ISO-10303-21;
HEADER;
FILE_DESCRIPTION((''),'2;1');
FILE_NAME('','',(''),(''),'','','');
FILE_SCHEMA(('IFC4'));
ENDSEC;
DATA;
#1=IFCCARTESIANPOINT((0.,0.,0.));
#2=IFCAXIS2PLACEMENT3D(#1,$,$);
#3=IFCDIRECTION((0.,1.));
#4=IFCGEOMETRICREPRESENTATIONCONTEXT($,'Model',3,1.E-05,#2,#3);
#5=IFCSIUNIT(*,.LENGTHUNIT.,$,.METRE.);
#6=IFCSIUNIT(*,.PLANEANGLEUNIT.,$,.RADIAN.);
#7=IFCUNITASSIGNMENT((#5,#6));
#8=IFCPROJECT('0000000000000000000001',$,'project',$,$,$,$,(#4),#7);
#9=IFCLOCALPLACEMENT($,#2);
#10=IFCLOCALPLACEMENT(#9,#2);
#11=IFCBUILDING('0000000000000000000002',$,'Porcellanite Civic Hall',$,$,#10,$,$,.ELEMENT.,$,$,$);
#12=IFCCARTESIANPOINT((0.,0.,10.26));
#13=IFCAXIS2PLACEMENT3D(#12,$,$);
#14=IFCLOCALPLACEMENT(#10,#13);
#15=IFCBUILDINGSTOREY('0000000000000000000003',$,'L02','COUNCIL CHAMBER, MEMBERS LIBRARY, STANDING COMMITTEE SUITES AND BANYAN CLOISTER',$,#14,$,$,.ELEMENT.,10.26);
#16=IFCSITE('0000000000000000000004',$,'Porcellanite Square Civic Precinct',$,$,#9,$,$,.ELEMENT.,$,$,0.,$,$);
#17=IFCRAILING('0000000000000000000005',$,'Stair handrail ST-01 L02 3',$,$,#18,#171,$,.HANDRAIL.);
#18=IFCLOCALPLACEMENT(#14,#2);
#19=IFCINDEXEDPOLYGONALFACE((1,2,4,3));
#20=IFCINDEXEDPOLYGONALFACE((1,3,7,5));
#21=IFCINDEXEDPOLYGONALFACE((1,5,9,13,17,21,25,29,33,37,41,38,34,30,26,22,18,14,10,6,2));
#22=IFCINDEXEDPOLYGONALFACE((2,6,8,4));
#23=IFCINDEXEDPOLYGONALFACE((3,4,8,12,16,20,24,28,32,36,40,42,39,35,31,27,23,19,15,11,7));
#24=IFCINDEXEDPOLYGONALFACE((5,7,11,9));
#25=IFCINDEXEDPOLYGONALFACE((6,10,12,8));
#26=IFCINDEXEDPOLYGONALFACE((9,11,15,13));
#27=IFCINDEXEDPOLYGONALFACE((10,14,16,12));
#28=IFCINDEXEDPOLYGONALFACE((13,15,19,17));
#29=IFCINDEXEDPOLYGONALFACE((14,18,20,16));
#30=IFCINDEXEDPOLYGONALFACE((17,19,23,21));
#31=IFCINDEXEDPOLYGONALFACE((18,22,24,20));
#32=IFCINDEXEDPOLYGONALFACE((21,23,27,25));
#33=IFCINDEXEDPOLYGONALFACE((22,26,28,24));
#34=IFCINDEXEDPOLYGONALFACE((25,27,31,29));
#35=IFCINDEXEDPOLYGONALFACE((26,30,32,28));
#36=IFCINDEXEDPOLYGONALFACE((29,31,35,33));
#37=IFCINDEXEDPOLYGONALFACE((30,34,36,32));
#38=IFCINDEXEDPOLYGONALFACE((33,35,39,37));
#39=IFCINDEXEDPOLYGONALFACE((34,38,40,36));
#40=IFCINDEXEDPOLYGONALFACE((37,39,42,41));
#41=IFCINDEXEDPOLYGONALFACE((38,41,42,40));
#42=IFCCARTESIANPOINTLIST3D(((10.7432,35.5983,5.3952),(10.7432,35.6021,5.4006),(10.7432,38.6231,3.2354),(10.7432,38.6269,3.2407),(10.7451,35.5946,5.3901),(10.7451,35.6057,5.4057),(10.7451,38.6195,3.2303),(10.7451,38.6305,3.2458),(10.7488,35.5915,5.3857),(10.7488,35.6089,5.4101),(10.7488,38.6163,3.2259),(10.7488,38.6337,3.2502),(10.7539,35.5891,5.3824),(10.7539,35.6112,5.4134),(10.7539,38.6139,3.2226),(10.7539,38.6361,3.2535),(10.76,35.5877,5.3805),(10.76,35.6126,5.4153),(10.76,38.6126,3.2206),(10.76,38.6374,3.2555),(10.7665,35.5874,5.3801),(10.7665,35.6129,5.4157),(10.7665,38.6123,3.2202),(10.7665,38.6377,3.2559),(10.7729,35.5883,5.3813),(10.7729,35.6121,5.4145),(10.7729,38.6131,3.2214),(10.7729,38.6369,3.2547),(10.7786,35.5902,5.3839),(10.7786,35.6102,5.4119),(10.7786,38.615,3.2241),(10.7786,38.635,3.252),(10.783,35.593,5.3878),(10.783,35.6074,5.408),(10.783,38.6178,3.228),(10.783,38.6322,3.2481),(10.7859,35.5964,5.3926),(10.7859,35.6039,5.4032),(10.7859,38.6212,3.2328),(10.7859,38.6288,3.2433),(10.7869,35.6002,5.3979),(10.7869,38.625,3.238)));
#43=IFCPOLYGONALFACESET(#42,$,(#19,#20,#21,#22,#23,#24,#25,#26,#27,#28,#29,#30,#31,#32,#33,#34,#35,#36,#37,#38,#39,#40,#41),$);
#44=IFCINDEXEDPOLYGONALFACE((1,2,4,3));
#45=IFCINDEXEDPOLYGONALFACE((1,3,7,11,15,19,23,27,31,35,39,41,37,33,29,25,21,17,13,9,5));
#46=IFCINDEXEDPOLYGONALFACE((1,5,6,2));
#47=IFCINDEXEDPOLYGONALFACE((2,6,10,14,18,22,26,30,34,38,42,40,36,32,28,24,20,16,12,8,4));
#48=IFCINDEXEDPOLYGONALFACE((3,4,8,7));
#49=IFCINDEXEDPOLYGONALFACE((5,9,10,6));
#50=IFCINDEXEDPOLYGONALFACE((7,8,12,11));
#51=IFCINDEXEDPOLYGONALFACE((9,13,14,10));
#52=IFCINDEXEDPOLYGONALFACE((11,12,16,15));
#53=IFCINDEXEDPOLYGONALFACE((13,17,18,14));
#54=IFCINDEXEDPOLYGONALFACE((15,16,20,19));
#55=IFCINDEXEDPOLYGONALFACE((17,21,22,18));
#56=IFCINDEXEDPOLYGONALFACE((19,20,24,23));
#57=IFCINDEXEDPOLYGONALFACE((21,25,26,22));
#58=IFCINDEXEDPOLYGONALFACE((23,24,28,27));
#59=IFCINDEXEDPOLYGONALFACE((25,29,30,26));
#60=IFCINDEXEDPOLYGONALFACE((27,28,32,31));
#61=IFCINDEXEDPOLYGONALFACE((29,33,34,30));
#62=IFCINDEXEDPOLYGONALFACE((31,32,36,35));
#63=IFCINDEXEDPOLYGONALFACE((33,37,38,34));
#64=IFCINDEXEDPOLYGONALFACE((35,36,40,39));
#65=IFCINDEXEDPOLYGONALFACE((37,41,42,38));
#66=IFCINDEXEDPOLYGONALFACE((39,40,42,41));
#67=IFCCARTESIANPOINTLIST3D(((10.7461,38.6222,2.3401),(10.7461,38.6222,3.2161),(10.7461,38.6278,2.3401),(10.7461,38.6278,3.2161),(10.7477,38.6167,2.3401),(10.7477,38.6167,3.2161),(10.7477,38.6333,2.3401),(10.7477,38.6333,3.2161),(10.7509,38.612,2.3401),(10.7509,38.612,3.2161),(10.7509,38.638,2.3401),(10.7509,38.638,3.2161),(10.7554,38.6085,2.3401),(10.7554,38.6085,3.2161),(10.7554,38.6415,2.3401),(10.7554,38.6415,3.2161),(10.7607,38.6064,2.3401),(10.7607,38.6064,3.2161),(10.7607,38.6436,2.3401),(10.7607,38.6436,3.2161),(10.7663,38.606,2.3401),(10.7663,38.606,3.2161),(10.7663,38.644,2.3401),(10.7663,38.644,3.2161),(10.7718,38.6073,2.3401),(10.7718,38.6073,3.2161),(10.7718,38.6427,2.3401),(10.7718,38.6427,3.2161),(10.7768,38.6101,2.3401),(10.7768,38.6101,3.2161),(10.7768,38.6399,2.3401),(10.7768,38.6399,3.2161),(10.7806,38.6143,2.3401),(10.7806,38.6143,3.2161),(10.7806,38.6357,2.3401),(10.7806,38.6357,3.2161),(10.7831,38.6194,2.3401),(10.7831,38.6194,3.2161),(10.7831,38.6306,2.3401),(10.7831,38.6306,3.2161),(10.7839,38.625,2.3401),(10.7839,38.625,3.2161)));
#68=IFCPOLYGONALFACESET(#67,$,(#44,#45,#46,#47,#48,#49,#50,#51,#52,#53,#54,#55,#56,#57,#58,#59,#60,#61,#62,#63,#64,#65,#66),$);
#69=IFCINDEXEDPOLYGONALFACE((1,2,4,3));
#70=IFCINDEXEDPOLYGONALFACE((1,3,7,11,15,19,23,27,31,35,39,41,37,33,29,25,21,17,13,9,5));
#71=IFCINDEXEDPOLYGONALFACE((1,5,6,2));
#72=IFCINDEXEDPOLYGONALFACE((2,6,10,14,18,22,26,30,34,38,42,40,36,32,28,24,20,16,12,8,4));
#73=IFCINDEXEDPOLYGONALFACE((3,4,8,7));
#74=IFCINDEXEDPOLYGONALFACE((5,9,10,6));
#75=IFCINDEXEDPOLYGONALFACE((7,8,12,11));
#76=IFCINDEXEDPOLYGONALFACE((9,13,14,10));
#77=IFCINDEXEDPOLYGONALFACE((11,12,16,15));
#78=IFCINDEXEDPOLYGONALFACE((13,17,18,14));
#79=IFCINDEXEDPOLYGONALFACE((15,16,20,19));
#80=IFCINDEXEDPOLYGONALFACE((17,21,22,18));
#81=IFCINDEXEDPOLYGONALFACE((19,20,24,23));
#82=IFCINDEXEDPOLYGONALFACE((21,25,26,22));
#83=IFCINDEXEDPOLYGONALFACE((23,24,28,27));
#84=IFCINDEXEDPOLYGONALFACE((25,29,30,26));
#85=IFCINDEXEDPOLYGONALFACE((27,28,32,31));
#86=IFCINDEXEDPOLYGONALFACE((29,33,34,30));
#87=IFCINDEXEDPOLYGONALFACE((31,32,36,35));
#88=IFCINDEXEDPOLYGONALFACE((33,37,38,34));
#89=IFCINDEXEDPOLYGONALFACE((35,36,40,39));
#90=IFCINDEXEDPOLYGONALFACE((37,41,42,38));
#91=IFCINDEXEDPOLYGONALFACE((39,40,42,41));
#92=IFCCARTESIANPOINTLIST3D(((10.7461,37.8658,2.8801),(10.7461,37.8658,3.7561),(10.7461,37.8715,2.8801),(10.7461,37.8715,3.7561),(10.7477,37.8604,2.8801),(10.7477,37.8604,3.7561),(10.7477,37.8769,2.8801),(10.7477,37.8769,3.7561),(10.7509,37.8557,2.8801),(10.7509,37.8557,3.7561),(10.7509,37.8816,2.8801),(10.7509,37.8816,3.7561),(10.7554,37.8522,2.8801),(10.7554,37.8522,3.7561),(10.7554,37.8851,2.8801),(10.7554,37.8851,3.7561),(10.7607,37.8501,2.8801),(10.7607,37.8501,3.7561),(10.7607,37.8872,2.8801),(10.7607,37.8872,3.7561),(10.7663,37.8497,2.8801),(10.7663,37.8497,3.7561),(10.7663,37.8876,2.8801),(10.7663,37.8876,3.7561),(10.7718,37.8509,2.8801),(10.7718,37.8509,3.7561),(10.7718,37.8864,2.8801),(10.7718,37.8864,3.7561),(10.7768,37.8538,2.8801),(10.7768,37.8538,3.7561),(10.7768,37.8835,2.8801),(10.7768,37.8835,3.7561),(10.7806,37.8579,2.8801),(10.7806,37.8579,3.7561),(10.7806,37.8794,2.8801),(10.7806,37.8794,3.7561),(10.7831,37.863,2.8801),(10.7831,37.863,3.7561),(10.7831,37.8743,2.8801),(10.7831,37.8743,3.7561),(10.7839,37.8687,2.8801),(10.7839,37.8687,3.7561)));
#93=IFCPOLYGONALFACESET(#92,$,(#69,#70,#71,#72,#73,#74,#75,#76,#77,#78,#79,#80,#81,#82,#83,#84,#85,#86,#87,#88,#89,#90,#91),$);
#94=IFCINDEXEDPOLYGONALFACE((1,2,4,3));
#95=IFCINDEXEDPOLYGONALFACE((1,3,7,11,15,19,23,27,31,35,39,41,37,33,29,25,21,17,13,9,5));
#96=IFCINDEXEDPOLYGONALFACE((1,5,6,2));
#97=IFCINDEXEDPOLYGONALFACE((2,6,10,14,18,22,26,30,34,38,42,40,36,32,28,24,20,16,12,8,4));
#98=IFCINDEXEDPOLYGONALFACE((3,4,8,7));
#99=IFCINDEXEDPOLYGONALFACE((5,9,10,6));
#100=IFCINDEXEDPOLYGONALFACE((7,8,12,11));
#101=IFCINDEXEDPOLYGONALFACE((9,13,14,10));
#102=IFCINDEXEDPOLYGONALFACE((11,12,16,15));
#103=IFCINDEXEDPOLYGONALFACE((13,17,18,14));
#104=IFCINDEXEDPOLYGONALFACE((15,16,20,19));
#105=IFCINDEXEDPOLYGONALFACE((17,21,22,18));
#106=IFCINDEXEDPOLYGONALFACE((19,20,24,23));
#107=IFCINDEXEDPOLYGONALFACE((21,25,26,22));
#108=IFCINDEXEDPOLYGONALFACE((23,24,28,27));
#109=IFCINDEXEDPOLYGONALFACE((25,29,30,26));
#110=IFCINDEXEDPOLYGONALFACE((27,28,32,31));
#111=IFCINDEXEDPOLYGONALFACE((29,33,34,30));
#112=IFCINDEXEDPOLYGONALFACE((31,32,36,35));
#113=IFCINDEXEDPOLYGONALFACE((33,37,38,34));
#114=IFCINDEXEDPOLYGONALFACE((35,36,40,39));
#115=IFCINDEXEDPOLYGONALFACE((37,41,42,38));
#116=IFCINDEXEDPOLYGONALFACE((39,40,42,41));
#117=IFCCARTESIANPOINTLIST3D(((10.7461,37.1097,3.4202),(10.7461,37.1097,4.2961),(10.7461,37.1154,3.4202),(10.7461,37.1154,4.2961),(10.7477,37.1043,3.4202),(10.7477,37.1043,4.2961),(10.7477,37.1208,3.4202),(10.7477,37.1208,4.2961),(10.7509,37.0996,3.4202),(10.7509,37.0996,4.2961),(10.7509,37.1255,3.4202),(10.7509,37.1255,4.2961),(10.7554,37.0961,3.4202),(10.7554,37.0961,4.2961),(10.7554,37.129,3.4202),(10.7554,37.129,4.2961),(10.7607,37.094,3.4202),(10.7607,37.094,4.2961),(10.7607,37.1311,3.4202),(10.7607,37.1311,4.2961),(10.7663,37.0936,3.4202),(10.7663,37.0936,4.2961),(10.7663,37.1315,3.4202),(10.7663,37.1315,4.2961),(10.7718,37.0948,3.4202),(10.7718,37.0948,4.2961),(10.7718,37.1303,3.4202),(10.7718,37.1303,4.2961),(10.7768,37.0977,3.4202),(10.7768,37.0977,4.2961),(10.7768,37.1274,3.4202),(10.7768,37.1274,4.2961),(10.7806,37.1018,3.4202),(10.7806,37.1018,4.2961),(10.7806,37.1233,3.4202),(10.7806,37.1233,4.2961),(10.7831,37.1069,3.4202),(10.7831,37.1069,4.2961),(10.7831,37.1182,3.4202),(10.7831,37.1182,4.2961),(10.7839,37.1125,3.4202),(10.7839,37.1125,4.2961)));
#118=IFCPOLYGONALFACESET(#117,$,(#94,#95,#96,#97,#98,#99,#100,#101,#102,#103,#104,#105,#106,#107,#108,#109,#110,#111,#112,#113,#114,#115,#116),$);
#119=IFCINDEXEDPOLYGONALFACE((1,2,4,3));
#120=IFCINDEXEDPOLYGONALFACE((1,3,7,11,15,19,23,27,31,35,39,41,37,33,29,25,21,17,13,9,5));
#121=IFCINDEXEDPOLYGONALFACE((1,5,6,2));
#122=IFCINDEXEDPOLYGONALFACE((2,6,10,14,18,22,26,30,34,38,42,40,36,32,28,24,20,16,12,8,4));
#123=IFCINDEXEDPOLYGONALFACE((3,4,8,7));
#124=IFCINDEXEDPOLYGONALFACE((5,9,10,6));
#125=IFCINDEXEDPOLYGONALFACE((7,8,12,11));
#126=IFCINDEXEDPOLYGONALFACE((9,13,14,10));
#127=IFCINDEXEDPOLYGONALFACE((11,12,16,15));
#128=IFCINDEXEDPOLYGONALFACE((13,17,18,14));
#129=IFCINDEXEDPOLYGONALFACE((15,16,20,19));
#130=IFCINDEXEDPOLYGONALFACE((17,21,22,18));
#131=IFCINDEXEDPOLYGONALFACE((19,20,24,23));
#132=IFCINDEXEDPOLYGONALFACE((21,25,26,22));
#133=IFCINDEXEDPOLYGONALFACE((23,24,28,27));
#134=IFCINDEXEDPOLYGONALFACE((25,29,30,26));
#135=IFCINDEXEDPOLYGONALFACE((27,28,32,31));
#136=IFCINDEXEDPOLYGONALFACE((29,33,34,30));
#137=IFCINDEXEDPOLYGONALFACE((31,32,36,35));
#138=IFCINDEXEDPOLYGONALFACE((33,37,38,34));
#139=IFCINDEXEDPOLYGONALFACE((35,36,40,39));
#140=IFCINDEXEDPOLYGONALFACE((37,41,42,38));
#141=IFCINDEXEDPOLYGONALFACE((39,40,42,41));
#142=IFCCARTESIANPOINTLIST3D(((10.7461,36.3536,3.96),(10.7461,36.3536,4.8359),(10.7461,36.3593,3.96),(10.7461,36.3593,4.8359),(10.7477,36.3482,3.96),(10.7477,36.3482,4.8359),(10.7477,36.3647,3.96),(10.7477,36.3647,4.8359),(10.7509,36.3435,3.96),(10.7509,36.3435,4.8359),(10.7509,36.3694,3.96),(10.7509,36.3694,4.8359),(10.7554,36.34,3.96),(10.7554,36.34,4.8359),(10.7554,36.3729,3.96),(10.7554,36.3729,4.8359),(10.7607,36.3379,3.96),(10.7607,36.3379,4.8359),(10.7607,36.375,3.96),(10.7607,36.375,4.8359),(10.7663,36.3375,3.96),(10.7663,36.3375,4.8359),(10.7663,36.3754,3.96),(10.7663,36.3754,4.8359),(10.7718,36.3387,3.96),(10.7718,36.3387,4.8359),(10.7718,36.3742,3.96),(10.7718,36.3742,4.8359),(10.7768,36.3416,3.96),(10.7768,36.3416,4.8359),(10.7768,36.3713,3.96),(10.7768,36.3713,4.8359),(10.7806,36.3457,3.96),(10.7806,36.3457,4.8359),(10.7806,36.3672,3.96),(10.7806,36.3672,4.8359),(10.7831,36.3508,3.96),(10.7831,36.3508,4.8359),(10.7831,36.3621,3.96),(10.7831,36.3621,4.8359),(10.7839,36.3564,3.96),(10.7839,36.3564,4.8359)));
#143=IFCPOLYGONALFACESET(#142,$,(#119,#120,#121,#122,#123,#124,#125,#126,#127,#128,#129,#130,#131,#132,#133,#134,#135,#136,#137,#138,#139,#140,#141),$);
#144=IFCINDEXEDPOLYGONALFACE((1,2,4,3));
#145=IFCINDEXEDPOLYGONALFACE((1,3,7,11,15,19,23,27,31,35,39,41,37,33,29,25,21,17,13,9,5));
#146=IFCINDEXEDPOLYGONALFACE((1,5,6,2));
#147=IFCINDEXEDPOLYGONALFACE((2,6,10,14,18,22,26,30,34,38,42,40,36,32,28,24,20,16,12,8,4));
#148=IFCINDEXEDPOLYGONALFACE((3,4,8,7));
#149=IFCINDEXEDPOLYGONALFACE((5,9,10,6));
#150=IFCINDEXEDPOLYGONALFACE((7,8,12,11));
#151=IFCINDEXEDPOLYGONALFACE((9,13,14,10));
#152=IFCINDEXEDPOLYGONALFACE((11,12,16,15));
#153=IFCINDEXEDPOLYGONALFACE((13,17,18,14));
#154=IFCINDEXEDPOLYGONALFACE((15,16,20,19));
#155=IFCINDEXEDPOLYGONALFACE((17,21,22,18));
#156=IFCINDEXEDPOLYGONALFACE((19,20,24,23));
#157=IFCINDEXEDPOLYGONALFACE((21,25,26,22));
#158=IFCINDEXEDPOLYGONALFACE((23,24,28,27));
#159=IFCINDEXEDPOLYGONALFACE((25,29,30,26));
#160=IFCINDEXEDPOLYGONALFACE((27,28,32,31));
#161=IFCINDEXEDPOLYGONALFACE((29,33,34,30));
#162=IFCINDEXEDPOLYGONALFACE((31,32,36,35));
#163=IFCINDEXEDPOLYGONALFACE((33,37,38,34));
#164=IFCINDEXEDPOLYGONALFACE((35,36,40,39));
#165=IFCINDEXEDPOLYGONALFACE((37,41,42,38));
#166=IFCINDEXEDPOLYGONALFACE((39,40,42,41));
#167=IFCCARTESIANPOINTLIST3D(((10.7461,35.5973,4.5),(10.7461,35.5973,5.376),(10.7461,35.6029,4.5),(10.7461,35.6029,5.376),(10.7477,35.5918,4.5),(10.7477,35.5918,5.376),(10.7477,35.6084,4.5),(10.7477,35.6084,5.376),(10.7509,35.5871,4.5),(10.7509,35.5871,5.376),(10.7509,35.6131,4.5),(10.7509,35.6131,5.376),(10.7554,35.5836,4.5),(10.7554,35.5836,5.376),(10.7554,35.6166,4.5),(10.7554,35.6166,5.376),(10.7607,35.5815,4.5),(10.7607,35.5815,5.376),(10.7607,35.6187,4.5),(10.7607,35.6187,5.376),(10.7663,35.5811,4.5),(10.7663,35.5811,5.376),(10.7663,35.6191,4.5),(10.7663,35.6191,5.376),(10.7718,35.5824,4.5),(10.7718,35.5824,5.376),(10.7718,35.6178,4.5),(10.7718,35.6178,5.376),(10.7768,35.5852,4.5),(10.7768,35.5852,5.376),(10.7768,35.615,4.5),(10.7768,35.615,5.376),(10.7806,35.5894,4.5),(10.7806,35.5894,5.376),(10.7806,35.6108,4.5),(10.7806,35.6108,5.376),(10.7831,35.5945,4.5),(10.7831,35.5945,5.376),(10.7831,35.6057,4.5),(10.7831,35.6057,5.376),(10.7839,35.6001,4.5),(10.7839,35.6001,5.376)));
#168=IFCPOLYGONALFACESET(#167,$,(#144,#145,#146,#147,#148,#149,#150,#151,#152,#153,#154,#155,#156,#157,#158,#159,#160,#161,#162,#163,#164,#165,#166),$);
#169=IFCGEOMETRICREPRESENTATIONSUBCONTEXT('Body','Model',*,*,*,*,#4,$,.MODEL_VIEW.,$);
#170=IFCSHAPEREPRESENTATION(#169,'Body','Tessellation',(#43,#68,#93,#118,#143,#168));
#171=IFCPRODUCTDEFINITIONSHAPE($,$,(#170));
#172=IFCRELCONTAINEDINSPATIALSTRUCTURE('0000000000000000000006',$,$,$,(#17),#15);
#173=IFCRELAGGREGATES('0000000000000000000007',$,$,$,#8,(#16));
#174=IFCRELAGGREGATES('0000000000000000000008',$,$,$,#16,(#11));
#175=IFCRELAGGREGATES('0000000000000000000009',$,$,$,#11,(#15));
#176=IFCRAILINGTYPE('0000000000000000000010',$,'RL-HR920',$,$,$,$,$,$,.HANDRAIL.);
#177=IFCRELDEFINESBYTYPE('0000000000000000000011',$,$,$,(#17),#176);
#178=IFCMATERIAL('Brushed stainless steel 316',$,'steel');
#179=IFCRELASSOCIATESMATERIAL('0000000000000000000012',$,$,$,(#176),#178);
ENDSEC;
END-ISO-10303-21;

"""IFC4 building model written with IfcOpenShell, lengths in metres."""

from ifc_helpers import new_model, si_unit, direction, frame, origin, origin_2d, place, context, subcontext, project, spatial, circle, extrude, material, type_object, element, save


model = new_model("IFC4")

# Units and contexts
model_context = context("Model", 3, precision=1e-05, world=origin(), true_north=direction((0.0, 1.0)))
body_context = subcontext(model_context, "Body", "Model", "MODEL_VIEW")
ifc_project = project(units=[si_unit("LENGTHUNIT", "METRE"), si_unit("PLANEANGLEUNIT", "RADIAN")], contexts=[model_context])

# Site, building, storey
site_placement = place(None, origin())
site = spatial("IfcSite", under=ifc_project, at=site_placement, Name="Porcellanite Square Civic Precinct", CompositionType="ELEMENT", RefElevation=0.0)
building_placement = place(site_placement, origin())
building = spatial("IfcBuilding", under=site, at=building_placement, Name="Porcellanite Civic Hall", CompositionType="ELEMENT")
storey_placement = place(building_placement, frame((0.0, 0.0, 10.26)))
storey = spatial("IfcBuildingStorey", under=building, at=storey_placement, Name="L02", Description="COUNCIL CHAMBER, MEMBERS LIBRARY, STANDING COMMITTEE SUITES AND BANYAN CLOISTER", CompositionType="ELEMENT", Elevation=10.26)

# Railing
ifc_material_1 = material(Name="Brushed stainless steel 316", Category="steel")
railing_type_1 = type_object("IfcRailingType", Name="RL-HR920", PredefinedType="HANDRAIL", material=ifc_material_1)
railing_1_placement = place(storey_placement, frame((10.7649, 38.625, 2.3401)))
element("IfcRailing", 1, at=railing_1_placement, inside=storey, type_object=railing_type_1, Name="Stair handrail ST-01 L02 3", PredefinedType="HANDRAIL", context=body_context, shape_type="SweptSolid", body=[
    extrude(circle(Radius=0.022, at=origin_2d()), frame((0.0, 0.0, 0.8979), z_axis=(0.0, -0.813827, 0.581108), x_axis=(1.0, 0.0, 0.0)), (0.0, 0.0, 1.0), 3.7168),
    extrude(circle(Radius=0.019, at=origin_2d()), origin(), (0.0, 0.0, 1.0), 0.876),
    extrude(circle(Radius=0.019, at=origin_2d()), frame((0.0, -0.7563, 0.54)), (0.0, 0.0, 1.0), 0.876),
    extrude(circle(Radius=0.019, at=origin_2d()), frame((0.0, -1.5125, 1.0801)), (0.0, 0.0, 1.0), 0.876),
    extrude(circle(Radius=0.019, at=origin_2d()), frame((0.0, -2.2686, 1.6199)), (0.0, 0.0, 1.0), 0.876),
    extrude(circle(Radius=0.019, at=origin_2d()), frame((0.0, -3.0249, 2.1599)), (0.0, 0.0, 1.0), 0.876),
])

save(model, "model.ifc")
